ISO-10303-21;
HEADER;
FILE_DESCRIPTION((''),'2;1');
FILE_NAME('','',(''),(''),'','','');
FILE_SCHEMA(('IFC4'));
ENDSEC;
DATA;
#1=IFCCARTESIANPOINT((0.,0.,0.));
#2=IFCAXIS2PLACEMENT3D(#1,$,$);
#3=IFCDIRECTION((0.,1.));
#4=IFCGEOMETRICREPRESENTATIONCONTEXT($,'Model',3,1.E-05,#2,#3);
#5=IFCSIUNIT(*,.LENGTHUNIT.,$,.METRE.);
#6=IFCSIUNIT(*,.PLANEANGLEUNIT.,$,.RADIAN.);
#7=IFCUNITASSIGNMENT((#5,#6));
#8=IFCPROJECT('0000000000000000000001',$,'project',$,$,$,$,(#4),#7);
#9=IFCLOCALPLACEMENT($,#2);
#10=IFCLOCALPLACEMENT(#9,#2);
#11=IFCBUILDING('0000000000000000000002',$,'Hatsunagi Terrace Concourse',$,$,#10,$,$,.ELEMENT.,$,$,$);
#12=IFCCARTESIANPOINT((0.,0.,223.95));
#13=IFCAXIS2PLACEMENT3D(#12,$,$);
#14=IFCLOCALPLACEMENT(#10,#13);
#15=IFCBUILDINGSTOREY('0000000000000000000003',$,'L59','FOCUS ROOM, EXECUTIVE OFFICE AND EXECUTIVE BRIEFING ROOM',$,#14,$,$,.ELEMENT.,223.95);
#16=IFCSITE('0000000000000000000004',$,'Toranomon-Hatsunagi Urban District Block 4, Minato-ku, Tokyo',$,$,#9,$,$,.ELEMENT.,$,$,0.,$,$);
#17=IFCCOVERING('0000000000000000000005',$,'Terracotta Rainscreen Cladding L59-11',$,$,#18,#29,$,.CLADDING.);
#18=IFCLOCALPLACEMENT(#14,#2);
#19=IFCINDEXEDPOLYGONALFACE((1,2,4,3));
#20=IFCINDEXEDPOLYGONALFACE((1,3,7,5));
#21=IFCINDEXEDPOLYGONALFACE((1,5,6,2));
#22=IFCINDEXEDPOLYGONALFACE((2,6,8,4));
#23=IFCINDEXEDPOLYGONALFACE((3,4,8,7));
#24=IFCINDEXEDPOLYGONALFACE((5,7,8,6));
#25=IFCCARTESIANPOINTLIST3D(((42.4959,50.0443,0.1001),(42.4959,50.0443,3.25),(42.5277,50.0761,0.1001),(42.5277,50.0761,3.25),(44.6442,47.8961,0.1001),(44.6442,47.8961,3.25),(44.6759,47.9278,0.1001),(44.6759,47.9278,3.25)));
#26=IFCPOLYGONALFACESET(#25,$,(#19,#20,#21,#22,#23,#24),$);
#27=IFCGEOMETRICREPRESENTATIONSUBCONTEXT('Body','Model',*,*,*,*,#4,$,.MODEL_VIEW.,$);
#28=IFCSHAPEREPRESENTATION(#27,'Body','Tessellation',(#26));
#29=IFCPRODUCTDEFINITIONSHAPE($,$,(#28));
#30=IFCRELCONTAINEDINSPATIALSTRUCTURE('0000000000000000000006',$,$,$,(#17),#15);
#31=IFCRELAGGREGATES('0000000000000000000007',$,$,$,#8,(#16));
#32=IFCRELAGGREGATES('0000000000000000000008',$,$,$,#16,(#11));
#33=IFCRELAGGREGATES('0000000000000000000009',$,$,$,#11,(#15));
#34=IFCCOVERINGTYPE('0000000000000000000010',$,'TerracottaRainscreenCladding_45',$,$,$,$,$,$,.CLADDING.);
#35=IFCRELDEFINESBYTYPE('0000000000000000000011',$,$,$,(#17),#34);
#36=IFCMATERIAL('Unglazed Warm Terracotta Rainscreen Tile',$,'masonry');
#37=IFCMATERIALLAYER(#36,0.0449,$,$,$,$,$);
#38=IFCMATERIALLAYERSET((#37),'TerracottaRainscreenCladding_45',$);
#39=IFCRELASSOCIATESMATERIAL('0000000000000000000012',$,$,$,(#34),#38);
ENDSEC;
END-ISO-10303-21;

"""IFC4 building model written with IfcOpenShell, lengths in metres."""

from ifc_helpers import new_model, si_unit, direction, frame, origin, origin_2d, place, context, subcontext, project, spatial, rectangle, extrude, material, layer, layer_set, type_object, element, save


model = new_model("IFC4")

# Units and contexts
model_context = context("Model", 3, precision=1e-05, world=origin(), true_north=direction((0.0, 1.0)))
body_context = subcontext(model_context, "Body", "Model", "MODEL_VIEW")
ifc_project = project(units=[si_unit("LENGTHUNIT", "METRE"), si_unit("PLANEANGLEUNIT", "RADIAN")], contexts=[model_context])

# Site, building, storey
site_placement = place(None, origin())
site = spatial("IfcSite", under=ifc_project, at=site_placement, Name="Toranomon-Hatsunagi Urban District Block 4, Minato-ku, Tokyo", CompositionType="ELEMENT", RefElevation=0.0)
building_placement = place(site_placement, origin())
building = spatial("IfcBuilding", under=site, at=building_placement, Name="Hatsunagi Terrace Concourse", CompositionType="ELEMENT")
storey_placement = place(building_placement, frame((0.0, 0.0, 223.95)))
storey = spatial("IfcBuildingStorey", under=building, at=storey_placement, Name="L59", Description="FOCUS ROOM, EXECUTIVE OFFICE AND EXECUTIVE BRIEFING ROOM", CompositionType="ELEMENT", Elevation=223.95)

# Covering
ifc_material_1 = material(Name="Unglazed Warm Terracotta Rainscreen Tile", Category="masonry")
ifc_layer_1 = layer(ifc_material_1, 0.0449)
ifc_layer_set_1 = layer_set([ifc_layer_1], Name="TerracottaRainscreenCladding_45")
covering_type = type_object("IfcCoveringType", Name="TerracottaRainscreenCladding_45", PredefinedType="CLADDING", material=ifc_layer_set_1)
covering_placement = place(storey_placement, frame((43.5859, 48.9861, 0.1001), z_axis=(0.0, 0.0, 1.0), x_axis=(0.707107, -0.707107, 0.0)))
element("IfcCovering", 1, at=covering_placement, inside=storey, type_object=covering_type, Name="Terracotta Rainscreen Cladding L59-11", PredefinedType="CLADDING", context=body_context, shape_type="SweptSolid", body=[
    extrude(rectangle(XDim=3.0381, YDim=0.0449, at=origin_2d()), origin(), (0.0, 0.0, 1.0), 3.1499),
])

save(model, "model.ifc")
